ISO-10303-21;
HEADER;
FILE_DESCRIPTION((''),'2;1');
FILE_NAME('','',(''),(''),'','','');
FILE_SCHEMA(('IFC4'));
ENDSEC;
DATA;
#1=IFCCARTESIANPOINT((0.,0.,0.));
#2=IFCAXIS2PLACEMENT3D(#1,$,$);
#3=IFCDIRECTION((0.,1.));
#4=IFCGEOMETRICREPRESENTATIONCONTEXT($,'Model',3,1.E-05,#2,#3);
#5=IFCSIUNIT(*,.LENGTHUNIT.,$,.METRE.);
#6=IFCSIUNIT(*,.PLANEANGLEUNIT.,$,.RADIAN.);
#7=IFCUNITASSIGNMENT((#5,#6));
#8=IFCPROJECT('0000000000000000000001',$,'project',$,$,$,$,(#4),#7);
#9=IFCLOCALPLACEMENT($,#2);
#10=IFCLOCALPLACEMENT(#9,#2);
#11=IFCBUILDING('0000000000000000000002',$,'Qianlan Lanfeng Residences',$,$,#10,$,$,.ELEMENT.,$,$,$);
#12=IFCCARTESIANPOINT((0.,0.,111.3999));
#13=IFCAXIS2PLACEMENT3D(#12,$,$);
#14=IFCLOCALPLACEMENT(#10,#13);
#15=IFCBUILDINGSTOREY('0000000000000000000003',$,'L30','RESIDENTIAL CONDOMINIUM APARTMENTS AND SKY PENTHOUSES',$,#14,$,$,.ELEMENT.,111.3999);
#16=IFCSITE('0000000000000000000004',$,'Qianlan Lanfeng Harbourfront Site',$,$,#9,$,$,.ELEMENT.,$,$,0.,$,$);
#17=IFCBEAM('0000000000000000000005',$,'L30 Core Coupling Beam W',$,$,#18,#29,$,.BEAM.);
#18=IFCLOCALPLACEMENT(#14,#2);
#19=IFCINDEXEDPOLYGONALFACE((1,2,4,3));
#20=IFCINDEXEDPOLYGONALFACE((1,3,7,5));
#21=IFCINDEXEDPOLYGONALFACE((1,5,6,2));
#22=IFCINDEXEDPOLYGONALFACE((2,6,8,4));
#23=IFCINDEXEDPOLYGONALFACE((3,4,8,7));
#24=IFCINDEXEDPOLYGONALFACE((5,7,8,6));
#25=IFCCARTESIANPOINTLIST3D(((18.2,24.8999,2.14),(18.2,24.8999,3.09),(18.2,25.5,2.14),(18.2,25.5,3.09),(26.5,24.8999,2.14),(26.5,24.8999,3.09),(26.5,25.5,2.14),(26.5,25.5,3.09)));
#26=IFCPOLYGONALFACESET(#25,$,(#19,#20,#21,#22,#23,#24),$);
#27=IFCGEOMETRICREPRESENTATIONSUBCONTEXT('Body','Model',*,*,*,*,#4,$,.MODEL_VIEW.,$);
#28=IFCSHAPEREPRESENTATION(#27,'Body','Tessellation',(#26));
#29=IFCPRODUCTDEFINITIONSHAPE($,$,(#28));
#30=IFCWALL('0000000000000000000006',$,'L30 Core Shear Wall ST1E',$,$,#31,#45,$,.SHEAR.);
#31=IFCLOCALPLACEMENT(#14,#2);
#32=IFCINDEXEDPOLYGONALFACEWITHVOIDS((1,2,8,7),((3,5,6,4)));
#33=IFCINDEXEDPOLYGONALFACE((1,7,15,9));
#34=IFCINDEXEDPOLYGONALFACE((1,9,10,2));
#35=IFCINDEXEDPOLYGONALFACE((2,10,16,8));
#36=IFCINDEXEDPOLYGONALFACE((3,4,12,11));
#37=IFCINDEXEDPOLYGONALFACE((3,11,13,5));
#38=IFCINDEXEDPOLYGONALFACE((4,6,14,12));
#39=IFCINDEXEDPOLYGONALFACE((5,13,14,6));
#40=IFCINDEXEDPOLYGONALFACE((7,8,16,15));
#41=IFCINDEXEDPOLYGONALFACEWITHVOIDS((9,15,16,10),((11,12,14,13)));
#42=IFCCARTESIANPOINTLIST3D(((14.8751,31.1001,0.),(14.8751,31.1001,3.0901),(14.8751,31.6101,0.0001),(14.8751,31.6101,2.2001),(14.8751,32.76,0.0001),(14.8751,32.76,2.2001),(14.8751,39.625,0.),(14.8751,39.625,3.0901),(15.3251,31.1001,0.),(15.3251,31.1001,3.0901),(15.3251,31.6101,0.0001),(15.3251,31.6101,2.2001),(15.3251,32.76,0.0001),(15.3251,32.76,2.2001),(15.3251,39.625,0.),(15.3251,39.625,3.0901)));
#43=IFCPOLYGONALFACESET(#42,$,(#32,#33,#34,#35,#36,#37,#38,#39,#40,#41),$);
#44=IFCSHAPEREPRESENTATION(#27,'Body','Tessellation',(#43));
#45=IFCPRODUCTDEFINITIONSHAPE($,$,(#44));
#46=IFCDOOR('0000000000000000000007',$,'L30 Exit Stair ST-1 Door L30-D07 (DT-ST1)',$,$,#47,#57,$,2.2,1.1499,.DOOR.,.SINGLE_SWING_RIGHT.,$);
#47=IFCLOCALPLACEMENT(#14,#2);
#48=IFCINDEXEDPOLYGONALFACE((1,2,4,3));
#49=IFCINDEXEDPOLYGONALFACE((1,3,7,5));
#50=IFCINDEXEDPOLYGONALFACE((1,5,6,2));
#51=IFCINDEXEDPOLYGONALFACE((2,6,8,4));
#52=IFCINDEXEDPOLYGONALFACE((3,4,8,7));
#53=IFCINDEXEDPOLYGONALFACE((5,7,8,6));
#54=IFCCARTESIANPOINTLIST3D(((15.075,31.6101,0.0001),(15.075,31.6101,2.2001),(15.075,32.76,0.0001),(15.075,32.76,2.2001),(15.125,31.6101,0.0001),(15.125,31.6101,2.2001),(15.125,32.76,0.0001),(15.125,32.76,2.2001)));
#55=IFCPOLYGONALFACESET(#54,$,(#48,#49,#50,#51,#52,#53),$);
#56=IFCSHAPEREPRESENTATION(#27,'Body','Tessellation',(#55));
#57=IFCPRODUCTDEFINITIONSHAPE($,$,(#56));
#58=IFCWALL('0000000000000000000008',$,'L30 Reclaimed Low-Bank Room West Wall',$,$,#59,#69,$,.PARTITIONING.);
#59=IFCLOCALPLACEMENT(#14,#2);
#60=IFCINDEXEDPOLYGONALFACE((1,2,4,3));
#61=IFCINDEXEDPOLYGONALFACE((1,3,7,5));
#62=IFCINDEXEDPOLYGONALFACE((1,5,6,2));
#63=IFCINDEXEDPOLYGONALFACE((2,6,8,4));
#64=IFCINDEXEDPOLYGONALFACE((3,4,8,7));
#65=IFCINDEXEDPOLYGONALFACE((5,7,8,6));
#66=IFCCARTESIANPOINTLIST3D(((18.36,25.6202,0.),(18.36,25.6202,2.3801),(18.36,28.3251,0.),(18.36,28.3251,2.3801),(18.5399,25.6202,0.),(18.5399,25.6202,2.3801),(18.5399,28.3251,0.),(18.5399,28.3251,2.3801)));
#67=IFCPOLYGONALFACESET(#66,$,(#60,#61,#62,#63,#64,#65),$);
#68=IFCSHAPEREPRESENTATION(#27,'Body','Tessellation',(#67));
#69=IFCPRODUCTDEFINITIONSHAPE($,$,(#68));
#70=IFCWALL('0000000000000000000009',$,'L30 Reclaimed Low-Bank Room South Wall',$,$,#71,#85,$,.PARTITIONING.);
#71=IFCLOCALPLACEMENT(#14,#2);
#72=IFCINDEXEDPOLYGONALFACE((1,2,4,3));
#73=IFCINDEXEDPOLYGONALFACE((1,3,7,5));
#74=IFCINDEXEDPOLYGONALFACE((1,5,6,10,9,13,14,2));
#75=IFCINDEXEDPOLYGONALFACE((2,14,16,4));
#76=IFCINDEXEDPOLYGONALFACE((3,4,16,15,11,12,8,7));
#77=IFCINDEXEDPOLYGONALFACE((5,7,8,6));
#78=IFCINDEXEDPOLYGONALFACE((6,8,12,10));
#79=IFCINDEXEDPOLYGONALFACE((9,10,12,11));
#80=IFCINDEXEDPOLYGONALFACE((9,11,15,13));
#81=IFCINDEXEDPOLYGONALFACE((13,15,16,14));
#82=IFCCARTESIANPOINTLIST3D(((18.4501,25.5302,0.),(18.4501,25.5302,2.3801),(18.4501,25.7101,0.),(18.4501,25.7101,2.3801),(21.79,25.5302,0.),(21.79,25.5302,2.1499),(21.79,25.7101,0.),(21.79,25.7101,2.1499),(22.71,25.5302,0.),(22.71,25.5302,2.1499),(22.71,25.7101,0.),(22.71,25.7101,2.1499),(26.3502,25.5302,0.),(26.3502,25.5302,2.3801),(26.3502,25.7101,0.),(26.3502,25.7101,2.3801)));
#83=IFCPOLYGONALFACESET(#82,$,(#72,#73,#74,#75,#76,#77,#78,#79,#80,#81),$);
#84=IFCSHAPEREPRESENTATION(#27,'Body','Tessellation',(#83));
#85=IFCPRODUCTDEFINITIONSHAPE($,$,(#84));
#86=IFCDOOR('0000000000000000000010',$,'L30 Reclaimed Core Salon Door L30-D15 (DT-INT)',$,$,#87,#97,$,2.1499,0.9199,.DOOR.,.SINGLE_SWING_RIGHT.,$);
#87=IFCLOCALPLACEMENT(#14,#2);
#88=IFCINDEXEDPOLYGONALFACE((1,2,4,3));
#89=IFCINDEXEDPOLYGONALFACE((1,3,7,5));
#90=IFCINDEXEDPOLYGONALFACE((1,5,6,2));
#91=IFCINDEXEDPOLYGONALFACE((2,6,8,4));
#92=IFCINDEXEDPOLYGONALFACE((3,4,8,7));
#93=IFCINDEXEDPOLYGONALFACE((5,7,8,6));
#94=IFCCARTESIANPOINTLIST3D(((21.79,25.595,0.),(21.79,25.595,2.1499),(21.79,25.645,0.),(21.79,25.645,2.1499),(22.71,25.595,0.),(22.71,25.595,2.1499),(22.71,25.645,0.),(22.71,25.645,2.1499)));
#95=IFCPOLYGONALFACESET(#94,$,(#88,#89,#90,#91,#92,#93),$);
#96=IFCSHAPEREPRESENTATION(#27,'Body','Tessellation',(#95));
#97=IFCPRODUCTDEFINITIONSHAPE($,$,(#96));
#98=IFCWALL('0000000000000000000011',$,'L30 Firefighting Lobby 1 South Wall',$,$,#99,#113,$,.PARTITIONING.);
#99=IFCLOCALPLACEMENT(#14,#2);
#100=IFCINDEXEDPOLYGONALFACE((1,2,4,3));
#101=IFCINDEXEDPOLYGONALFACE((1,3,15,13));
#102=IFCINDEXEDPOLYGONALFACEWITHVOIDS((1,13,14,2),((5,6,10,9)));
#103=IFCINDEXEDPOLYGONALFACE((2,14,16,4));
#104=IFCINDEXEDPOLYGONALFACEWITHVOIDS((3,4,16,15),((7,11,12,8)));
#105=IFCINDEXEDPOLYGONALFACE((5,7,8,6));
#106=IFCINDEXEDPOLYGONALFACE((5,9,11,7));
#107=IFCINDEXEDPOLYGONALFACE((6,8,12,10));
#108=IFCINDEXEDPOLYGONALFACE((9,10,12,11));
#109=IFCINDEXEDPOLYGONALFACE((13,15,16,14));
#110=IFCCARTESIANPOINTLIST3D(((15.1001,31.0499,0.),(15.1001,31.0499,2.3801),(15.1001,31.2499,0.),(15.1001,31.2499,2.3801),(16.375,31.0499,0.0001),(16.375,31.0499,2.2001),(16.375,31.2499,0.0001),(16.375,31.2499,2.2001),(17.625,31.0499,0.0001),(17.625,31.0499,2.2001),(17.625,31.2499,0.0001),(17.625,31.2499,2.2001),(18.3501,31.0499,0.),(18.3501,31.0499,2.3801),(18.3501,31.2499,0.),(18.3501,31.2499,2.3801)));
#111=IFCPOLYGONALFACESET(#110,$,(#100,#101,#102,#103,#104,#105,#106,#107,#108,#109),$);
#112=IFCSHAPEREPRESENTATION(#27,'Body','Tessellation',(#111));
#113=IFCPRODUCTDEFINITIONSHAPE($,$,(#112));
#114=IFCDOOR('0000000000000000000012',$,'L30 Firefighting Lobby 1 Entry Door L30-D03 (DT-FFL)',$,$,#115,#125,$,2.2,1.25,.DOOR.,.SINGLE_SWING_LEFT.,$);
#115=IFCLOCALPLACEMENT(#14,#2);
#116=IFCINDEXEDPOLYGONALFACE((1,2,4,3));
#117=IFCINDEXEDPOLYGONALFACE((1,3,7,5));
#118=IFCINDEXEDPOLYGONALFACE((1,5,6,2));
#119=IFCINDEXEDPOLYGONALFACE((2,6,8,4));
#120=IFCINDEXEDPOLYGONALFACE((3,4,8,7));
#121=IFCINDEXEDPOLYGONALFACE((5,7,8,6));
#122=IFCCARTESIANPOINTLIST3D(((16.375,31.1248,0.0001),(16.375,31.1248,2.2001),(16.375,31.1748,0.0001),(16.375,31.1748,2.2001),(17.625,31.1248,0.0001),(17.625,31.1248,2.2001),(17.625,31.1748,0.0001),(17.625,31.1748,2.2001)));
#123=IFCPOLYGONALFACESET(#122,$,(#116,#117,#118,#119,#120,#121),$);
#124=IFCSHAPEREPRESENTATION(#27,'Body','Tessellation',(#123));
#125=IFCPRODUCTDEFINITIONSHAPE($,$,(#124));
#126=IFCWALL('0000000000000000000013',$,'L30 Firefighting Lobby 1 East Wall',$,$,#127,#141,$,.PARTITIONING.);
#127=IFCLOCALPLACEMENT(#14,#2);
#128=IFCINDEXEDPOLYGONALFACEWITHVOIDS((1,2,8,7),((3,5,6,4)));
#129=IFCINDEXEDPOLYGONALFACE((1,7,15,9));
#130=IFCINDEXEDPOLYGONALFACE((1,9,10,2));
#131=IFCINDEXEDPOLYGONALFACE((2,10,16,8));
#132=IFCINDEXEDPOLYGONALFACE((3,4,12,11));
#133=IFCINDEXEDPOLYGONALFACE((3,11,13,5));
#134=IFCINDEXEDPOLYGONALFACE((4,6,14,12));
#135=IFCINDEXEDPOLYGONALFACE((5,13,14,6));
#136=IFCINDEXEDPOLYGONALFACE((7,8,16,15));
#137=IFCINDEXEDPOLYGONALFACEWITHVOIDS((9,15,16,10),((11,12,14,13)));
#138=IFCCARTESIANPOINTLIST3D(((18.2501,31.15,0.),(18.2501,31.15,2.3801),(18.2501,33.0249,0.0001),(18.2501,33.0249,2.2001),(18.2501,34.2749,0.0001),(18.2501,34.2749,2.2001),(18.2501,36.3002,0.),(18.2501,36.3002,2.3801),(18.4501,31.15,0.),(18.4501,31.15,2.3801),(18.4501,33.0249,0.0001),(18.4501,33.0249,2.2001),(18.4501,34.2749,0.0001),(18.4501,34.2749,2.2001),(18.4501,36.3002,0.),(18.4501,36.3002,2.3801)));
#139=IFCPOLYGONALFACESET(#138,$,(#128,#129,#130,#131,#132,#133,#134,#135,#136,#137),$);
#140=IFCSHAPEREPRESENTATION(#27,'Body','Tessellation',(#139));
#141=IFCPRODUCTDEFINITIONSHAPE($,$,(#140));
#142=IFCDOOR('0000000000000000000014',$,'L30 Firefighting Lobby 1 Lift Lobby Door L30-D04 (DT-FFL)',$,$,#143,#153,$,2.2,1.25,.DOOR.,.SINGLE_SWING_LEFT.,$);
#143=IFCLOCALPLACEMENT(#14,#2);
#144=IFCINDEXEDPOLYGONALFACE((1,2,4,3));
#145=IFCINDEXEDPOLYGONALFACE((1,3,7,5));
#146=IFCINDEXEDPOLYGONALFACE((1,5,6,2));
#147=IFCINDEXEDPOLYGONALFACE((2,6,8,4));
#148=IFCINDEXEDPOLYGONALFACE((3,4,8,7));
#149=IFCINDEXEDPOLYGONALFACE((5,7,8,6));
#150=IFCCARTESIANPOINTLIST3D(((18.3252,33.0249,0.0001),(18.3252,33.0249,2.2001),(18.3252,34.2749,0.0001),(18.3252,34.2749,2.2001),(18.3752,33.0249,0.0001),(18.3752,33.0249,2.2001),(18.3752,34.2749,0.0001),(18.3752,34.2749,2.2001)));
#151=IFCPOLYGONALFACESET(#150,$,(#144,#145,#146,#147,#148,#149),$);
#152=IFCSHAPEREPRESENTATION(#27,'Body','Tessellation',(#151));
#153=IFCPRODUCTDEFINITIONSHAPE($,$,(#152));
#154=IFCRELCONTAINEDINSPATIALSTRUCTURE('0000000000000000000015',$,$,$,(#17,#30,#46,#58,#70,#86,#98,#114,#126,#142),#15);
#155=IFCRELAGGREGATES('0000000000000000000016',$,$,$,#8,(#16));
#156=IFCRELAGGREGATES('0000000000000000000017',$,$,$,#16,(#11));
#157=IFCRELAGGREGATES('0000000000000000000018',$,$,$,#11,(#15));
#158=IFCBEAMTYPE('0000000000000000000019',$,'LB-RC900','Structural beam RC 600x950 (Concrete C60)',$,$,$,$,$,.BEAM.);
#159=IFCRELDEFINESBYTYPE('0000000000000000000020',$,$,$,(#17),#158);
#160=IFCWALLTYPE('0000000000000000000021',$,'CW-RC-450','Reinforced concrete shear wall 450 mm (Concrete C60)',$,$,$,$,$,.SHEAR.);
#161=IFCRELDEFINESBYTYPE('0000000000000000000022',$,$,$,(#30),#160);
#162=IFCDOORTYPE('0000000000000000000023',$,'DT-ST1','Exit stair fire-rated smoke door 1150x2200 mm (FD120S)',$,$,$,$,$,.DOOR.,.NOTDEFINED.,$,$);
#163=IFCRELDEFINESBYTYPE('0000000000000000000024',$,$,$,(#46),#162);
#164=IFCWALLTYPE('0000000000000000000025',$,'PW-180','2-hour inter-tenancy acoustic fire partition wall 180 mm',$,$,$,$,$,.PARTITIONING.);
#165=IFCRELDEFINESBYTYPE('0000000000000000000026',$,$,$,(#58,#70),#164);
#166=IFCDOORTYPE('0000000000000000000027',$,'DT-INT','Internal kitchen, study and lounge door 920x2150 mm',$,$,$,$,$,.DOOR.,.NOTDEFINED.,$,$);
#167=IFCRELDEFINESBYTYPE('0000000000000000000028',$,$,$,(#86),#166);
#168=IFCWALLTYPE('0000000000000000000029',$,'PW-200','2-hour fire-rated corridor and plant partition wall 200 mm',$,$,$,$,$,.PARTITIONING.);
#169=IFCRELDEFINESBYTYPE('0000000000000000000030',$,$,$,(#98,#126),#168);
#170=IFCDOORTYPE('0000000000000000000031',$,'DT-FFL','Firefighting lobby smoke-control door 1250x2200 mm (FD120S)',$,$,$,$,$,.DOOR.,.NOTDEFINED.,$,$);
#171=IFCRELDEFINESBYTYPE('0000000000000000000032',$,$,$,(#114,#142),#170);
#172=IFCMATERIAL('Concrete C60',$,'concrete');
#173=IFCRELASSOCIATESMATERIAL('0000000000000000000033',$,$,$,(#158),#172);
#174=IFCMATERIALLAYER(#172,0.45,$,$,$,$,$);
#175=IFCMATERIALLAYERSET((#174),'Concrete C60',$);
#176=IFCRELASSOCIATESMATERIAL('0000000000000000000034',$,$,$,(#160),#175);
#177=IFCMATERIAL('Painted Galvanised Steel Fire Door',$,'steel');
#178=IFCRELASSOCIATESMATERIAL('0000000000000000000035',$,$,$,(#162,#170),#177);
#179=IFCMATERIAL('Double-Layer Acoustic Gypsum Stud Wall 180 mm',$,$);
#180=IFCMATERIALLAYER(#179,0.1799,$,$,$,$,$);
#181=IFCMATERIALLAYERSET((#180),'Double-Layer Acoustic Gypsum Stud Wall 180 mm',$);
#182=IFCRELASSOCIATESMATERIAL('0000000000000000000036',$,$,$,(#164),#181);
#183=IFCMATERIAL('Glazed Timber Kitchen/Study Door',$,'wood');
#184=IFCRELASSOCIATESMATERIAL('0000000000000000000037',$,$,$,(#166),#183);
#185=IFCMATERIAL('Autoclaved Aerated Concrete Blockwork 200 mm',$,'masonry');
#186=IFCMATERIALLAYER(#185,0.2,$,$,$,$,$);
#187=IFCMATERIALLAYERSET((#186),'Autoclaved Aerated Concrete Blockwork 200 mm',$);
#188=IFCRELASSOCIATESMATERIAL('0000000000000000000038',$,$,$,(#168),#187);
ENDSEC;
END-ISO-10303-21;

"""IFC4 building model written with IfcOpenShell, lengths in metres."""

from ifc_helpers import new_model, si_unit, direction, frame, frame_2d, origin, origin_2d, place, context, subcontext, project, spatial, rectangle, extrude, material, layer, layer_set, material_profile, profile_set, type_object, element, fill, save


model = new_model("IFC4")

# Units and contexts
model_context = context("Model", 3, precision=1e-05, world=origin(), true_north=direction((0.0, 1.0)))
body_context = subcontext(model_context, "Body", "Model", "MODEL_VIEW")
ifc_project = project(units=[si_unit("LENGTHUNIT", "METRE"), si_unit("PLANEANGLEUNIT", "RADIAN")], contexts=[model_context])

# Site, building, storey
site_placement = place(None, origin())
site = spatial("IfcSite", under=ifc_project, at=site_placement, Name="Qianlan Lanfeng Harbourfront Site", CompositionType="ELEMENT", RefElevation=0.0)
building_placement = place(site_placement, origin())
building = spatial("IfcBuilding", under=site, at=building_placement, Name="Qianlan Lanfeng Residences", CompositionType="ELEMENT")
storey_placement = place(building_placement, frame((0.0, 0.0, 111.3999)))
storey = spatial("IfcBuildingStorey", under=building, at=storey_placement, Name="L30", Description="RESIDENTIAL CONDOMINIUM APARTMENTS AND SKY PENTHOUSES", CompositionType="ELEMENT", Elevation=111.3999)

# Beam
ifc_material_1 = material(Name="Concrete C60", Category="concrete")
ifc_material_profile = material_profile(ifc_material_1, rectangle(XDim=0.6001, YDim=0.95, at=origin_2d()), Name="RC 600x950")
ifc_profile_set = profile_set([ifc_material_profile], Name="Concrete C60")
beam_type = type_object("IfcBeamType", Name="LB-RC900", Description="Structural beam RC 600x950 (Concrete C60)", PredefinedType="BEAM", material=ifc_profile_set)
beam_placement = place(storey_placement, frame((18.2, 25.2, 2.615), z_axis=(1.0, 0.0, 0.0), x_axis=(0.0, 1.0, 0.0)))
element("IfcBeam", 1, at=beam_placement, inside=storey, type_object=beam_type, Name="L30 Core Coupling Beam W", PredefinedType="BEAM", context=body_context, shape_type="SweptSolid", body=[
    extrude(rectangle(XDim=0.6001, YDim=0.95, at=origin_2d()), origin(), (0.0, 0.0, 1.0), 8.3),
])

# Wall, opening, door
ifc_layer_1 = layer(ifc_material_1, 0.45)
ifc_layer_set_1 = layer_set([ifc_layer_1], Name="Concrete C60")
wall_type_1 = type_object("IfcWallType", Name="CW-RC-450", Description="Reinforced concrete shear wall 450 mm (Concrete C60)", PredefinedType="SHEAR", material=ifc_layer_set_1)
wall_1_placement = place(storey_placement, frame((15.1001, 31.1001, 0.0), z_axis=(0.0, 0.0, 1.0), x_axis=(0.0, 1.0, 0.0)))
wall_1 = element("IfcWall", 2, at=wall_1_placement, inside=storey, type_object=wall_type_1, Name="L30 Core Shear Wall ST1E", PredefinedType="SHEAR", context=body_context, shape_type="SweptSolid", body=[
    extrude(rectangle(XDim=8.5249, YDim=0.45, at=frame_2d((4.2625, 0.0))), origin(), (0.0, 0.0, 1.0), 3.0901),
])
opening_1_placement = place(wall_1_placement, frame((0.51, 0.0, 0.0)))
opening_1 = element("IfcOpeningElement", 3, at=opening_1_placement, cuts=wall_1, PredefinedType="OPENING", context=body_context, shape_type="SweptSolid", body=[
    extrude(rectangle(XDim=1.1499, YDim=2.2, at=frame_2d((0.575, 1.1001))), frame((0.0, 0.2349, 0.0), z_axis=(0.0, -1.0, 0.0), x_axis=(1.0, 0.0, 0.0)), (0.0, 0.0, 1.0), 0.47),
])
ifc_material_2 = material(Name="Painted Galvanised Steel Fire Door", Category="steel")
door_type_1 = type_object("IfcDoorType", Name="DT-ST1", Description="Exit stair fire-rated smoke door 1150x2200 mm (FD120S)", OperationType="NOTDEFINED", PredefinedType="DOOR", material=ifc_material_2)
door_1_placement = place(opening_1_placement, frame((1.1499, 0.0, 0.0), z_axis=(0.0, 0.0, 1.0), x_axis=(-1.0, 0.0, 0.0)))
door_1 = element("IfcDoor", 4, at=door_1_placement, inside=storey, type_object=door_type_1, Name="L30 Exit Stair ST-1 Door L30-D07 (DT-ST1)", OperationType="SINGLE_SWING_RIGHT", OverallHeight=2.2, OverallWidth=1.1499, PredefinedType="DOOR", context=body_context, shape_type="SweptSolid", body=[
    extrude(rectangle(XDim=1.1499, YDim=2.2, at=frame_2d((0.575, 1.1001))), frame((0.0, 0.0249, 0.0), z_axis=(0.0, -1.0, 0.0), x_axis=(1.0, 0.0, 0.0)), (0.0, 0.0, 1.0), 0.05),
])
fill(opening_1, door_1)

# Shared definitions
ifc_material_3 = material(Name="Double-Layer Acoustic Gypsum Stud Wall 180 mm")
ifc_layer_2 = layer(ifc_material_3, 0.1799)
ifc_layer_set_2 = layer_set([ifc_layer_2], Name="Double-Layer Acoustic Gypsum Stud Wall 180 mm")
wall_type_2 = type_object("IfcWallType", Name="PW-180", Description="2-hour inter-tenancy acoustic fire partition wall 180 mm", PredefinedType="PARTITIONING", material=ifc_layer_set_2)
ifc_material_4 = material(Name="Glazed Timber Kitchen/Study Door", Category="wood")
door_type_2 = type_object("IfcDoorType", Name="DT-INT", Description="Internal kitchen, study and lounge door 920x2150 mm", OperationType="NOTDEFINED", PredefinedType="DOOR", material=ifc_material_4)

# Wall
wall_2_placement = place(storey_placement, frame((18.45, 25.6201, 0.0), z_axis=(0.0, 0.0, 1.0), x_axis=(0.0, 1.0, 0.0)))
element("IfcWall", 5, at=wall_2_placement, inside=storey, type_object=wall_type_2, Name="L30 Reclaimed Low-Bank Room West Wall", PredefinedType="PARTITIONING", context=body_context, shape_type="SweptSolid", body=[
    extrude(rectangle(XDim=2.7048, YDim=0.1799, at=frame_2d((1.3525, 0.0))), origin(), (0.0, 0.0, 1.0), 2.3801),
])

# Walls, openings, doors
wall_3_placement = place(storey_placement, frame((18.45, 25.6201, 0.0), z_axis=(0.0, 0.0, 1.0), x_axis=(1.0, 0.0, 0.0)))
wall_3 = element("IfcWall", 6, at=wall_3_placement, inside=storey, type_object=wall_type_2, Name="L30 Reclaimed Low-Bank Room South Wall", PredefinedType="PARTITIONING", context=body_context, shape_type="SweptSolid", body=[
    extrude(rectangle(XDim=7.9001, YDim=0.1799, at=frame_2d((3.9502, 0.0))), origin(), (0.0, 0.0, 1.0), 2.3801),
])
opening_2_placement = place(wall_3_placement, frame((3.3401, 0.0, 0.0)))
opening_2 = element("IfcOpeningElement", 7, at=opening_2_placement, cuts=wall_3, PredefinedType="OPENING", context=body_context, shape_type="SweptSolid", body=[
    extrude(rectangle(XDim=0.9199, YDim=2.1499, at=frame_2d((0.46, 1.075))), frame((0.0, 0.1001, 0.0), z_axis=(0.0, -1.0, 0.0), x_axis=(1.0, 0.0, 0.0)), (0.0, 0.0, 1.0), 0.2),
])
door_2_placement = place(opening_2_placement, origin())
door_2 = element("IfcDoor", 8, at=door_2_placement, inside=storey, type_object=door_type_2, Name="L30 Reclaimed Core Salon Door L30-D15 (DT-INT)", OperationType="SINGLE_SWING_RIGHT", OverallHeight=2.1499, OverallWidth=0.9199, PredefinedType="DOOR", context=body_context, shape_type="SweptSolid", body=[
    extrude(rectangle(XDim=0.9199, YDim=2.1499, at=frame_2d((0.46, 1.075))), frame((0.0, 0.0249, 0.0), z_axis=(0.0, -1.0, 0.0), x_axis=(1.0, 0.0, 0.0)), (0.0, 0.0, 1.0), 0.05),
])
fill(opening_2, door_2)
ifc_material_5 = material(Name="Autoclaved Aerated Concrete Blockwork 200 mm", Category="masonry")
ifc_layer_3 = layer(ifc_material_5, 0.2)
ifc_layer_set_3 = layer_set([ifc_layer_3], Name="Autoclaved Aerated Concrete Blockwork 200 mm")
wall_type_3 = type_object("IfcWallType", Name="PW-200", Description="2-hour fire-rated corridor and plant partition wall 200 mm", PredefinedType="PARTITIONING", material=ifc_layer_set_3)
wall_4_placement = place(storey_placement, frame((15.1001, 31.1499, 0.0), z_axis=(0.0, 0.0, 1.0), x_axis=(1.0, 0.0, 0.0)))
wall_4 = element("IfcWall", 9, at=wall_4_placement, inside=storey, type_object=wall_type_3, Name="L30 Firefighting Lobby 1 South Wall", PredefinedType="PARTITIONING", context=body_context, shape_type="SweptSolid", body=[
    extrude(rectangle(XDim=3.25, YDim=0.2, at=frame_2d((1.625, 0.0))), origin(), (0.0, 0.0, 1.0), 2.3801),
])
opening_3_placement = place(wall_4_placement, frame((1.2749, 0.0, 0.0)))
opening_3 = element("IfcOpeningElement", 10, at=opening_3_placement, cuts=wall_4, PredefinedType="OPENING", context=body_context, shape_type="SweptSolid", body=[
    extrude(rectangle(XDim=1.25, YDim=2.2, at=frame_2d((0.625, 1.1001))), frame((0.0, 0.1099, 0.0), z_axis=(0.0, -1.0, 0.0), x_axis=(1.0, 0.0, 0.0)), (0.0, 0.0, 1.0), 0.22),
])
door_type_3 = type_object("IfcDoorType", Name="DT-FFL", Description="Firefighting lobby smoke-control door 1250x2200 mm (FD120S)", OperationType="NOTDEFINED", PredefinedType="DOOR", material=ifc_material_2)
door_3_placement = place(opening_3_placement, origin())
door_3 = element("IfcDoor", 11, at=door_3_placement, inside=storey, type_object=door_type_3, Name="L30 Firefighting Lobby 1 Entry Door L30-D03 (DT-FFL)", OperationType="SINGLE_SWING_LEFT", OverallHeight=2.2, OverallWidth=1.25, PredefinedType="DOOR", context=body_context, shape_type="SweptSolid", body=[
    extrude(rectangle(XDim=1.25, YDim=2.2, at=frame_2d((0.625, 1.1001))), frame((0.0, 0.0249, 0.0), z_axis=(0.0, -1.0, 0.0), x_axis=(1.0, 0.0, 0.0)), (0.0, 0.0, 1.0), 0.05),
])
fill(opening_3, door_3)
wall_5_placement = place(storey_placement, frame((18.3501, 31.1499, 0.0), z_axis=(0.0, 0.0, 1.0), x_axis=(0.0, 1.0, 0.0)))
wall_5 = element("IfcWall", 12, at=wall_5_placement, inside=storey, type_object=wall_type_3, Name="L30 Firefighting Lobby 1 East Wall", PredefinedType="PARTITIONING", context=body_context, shape_type="SweptSolid", body=[
    extrude(rectangle(XDim=5.1501, YDim=0.2, at=frame_2d((2.5752, 0.0))), origin(), (0.0, 0.0, 1.0), 2.3801),
])
opening_4_placement = place(wall_5_placement, frame((1.875, 0.0, 0.0)))
opening_4 = element("IfcOpeningElement", 13, at=opening_4_placement, cuts=wall_5, PredefinedType="OPENING", context=body_context, shape_type="SweptSolid", body=[
    extrude(rectangle(XDim=1.25, YDim=2.2, at=frame_2d((0.625, 1.1001))), frame((0.0, 0.1099, 0.0), z_axis=(0.0, -1.0, 0.0), x_axis=(1.0, 0.0, 0.0)), (0.0, 0.0, 1.0), 0.22),
])
door_4_placement = place(opening_4_placement, origin())
door_4 = element("IfcDoor", 14, at=door_4_placement, inside=storey, type_object=door_type_3, Name="L30 Firefighting Lobby 1 Lift Lobby Door L30-D04 (DT-FFL)", OperationType="SINGLE_SWING_LEFT", OverallHeight=2.2, OverallWidth=1.25, PredefinedType="DOOR", context=body_context, shape_type="SweptSolid", body=[
    extrude(rectangle(XDim=1.25, YDim=2.2, at=frame_2d((0.625, 1.1001))), frame((0.0, 0.0249, 0.0), z_axis=(0.0, -1.0, 0.0), x_axis=(1.0, 0.0, 0.0)), (0.0, 0.0, 1.0), 0.05),
])
fill(opening_4, door_4)

save(model, "model.ifc")
